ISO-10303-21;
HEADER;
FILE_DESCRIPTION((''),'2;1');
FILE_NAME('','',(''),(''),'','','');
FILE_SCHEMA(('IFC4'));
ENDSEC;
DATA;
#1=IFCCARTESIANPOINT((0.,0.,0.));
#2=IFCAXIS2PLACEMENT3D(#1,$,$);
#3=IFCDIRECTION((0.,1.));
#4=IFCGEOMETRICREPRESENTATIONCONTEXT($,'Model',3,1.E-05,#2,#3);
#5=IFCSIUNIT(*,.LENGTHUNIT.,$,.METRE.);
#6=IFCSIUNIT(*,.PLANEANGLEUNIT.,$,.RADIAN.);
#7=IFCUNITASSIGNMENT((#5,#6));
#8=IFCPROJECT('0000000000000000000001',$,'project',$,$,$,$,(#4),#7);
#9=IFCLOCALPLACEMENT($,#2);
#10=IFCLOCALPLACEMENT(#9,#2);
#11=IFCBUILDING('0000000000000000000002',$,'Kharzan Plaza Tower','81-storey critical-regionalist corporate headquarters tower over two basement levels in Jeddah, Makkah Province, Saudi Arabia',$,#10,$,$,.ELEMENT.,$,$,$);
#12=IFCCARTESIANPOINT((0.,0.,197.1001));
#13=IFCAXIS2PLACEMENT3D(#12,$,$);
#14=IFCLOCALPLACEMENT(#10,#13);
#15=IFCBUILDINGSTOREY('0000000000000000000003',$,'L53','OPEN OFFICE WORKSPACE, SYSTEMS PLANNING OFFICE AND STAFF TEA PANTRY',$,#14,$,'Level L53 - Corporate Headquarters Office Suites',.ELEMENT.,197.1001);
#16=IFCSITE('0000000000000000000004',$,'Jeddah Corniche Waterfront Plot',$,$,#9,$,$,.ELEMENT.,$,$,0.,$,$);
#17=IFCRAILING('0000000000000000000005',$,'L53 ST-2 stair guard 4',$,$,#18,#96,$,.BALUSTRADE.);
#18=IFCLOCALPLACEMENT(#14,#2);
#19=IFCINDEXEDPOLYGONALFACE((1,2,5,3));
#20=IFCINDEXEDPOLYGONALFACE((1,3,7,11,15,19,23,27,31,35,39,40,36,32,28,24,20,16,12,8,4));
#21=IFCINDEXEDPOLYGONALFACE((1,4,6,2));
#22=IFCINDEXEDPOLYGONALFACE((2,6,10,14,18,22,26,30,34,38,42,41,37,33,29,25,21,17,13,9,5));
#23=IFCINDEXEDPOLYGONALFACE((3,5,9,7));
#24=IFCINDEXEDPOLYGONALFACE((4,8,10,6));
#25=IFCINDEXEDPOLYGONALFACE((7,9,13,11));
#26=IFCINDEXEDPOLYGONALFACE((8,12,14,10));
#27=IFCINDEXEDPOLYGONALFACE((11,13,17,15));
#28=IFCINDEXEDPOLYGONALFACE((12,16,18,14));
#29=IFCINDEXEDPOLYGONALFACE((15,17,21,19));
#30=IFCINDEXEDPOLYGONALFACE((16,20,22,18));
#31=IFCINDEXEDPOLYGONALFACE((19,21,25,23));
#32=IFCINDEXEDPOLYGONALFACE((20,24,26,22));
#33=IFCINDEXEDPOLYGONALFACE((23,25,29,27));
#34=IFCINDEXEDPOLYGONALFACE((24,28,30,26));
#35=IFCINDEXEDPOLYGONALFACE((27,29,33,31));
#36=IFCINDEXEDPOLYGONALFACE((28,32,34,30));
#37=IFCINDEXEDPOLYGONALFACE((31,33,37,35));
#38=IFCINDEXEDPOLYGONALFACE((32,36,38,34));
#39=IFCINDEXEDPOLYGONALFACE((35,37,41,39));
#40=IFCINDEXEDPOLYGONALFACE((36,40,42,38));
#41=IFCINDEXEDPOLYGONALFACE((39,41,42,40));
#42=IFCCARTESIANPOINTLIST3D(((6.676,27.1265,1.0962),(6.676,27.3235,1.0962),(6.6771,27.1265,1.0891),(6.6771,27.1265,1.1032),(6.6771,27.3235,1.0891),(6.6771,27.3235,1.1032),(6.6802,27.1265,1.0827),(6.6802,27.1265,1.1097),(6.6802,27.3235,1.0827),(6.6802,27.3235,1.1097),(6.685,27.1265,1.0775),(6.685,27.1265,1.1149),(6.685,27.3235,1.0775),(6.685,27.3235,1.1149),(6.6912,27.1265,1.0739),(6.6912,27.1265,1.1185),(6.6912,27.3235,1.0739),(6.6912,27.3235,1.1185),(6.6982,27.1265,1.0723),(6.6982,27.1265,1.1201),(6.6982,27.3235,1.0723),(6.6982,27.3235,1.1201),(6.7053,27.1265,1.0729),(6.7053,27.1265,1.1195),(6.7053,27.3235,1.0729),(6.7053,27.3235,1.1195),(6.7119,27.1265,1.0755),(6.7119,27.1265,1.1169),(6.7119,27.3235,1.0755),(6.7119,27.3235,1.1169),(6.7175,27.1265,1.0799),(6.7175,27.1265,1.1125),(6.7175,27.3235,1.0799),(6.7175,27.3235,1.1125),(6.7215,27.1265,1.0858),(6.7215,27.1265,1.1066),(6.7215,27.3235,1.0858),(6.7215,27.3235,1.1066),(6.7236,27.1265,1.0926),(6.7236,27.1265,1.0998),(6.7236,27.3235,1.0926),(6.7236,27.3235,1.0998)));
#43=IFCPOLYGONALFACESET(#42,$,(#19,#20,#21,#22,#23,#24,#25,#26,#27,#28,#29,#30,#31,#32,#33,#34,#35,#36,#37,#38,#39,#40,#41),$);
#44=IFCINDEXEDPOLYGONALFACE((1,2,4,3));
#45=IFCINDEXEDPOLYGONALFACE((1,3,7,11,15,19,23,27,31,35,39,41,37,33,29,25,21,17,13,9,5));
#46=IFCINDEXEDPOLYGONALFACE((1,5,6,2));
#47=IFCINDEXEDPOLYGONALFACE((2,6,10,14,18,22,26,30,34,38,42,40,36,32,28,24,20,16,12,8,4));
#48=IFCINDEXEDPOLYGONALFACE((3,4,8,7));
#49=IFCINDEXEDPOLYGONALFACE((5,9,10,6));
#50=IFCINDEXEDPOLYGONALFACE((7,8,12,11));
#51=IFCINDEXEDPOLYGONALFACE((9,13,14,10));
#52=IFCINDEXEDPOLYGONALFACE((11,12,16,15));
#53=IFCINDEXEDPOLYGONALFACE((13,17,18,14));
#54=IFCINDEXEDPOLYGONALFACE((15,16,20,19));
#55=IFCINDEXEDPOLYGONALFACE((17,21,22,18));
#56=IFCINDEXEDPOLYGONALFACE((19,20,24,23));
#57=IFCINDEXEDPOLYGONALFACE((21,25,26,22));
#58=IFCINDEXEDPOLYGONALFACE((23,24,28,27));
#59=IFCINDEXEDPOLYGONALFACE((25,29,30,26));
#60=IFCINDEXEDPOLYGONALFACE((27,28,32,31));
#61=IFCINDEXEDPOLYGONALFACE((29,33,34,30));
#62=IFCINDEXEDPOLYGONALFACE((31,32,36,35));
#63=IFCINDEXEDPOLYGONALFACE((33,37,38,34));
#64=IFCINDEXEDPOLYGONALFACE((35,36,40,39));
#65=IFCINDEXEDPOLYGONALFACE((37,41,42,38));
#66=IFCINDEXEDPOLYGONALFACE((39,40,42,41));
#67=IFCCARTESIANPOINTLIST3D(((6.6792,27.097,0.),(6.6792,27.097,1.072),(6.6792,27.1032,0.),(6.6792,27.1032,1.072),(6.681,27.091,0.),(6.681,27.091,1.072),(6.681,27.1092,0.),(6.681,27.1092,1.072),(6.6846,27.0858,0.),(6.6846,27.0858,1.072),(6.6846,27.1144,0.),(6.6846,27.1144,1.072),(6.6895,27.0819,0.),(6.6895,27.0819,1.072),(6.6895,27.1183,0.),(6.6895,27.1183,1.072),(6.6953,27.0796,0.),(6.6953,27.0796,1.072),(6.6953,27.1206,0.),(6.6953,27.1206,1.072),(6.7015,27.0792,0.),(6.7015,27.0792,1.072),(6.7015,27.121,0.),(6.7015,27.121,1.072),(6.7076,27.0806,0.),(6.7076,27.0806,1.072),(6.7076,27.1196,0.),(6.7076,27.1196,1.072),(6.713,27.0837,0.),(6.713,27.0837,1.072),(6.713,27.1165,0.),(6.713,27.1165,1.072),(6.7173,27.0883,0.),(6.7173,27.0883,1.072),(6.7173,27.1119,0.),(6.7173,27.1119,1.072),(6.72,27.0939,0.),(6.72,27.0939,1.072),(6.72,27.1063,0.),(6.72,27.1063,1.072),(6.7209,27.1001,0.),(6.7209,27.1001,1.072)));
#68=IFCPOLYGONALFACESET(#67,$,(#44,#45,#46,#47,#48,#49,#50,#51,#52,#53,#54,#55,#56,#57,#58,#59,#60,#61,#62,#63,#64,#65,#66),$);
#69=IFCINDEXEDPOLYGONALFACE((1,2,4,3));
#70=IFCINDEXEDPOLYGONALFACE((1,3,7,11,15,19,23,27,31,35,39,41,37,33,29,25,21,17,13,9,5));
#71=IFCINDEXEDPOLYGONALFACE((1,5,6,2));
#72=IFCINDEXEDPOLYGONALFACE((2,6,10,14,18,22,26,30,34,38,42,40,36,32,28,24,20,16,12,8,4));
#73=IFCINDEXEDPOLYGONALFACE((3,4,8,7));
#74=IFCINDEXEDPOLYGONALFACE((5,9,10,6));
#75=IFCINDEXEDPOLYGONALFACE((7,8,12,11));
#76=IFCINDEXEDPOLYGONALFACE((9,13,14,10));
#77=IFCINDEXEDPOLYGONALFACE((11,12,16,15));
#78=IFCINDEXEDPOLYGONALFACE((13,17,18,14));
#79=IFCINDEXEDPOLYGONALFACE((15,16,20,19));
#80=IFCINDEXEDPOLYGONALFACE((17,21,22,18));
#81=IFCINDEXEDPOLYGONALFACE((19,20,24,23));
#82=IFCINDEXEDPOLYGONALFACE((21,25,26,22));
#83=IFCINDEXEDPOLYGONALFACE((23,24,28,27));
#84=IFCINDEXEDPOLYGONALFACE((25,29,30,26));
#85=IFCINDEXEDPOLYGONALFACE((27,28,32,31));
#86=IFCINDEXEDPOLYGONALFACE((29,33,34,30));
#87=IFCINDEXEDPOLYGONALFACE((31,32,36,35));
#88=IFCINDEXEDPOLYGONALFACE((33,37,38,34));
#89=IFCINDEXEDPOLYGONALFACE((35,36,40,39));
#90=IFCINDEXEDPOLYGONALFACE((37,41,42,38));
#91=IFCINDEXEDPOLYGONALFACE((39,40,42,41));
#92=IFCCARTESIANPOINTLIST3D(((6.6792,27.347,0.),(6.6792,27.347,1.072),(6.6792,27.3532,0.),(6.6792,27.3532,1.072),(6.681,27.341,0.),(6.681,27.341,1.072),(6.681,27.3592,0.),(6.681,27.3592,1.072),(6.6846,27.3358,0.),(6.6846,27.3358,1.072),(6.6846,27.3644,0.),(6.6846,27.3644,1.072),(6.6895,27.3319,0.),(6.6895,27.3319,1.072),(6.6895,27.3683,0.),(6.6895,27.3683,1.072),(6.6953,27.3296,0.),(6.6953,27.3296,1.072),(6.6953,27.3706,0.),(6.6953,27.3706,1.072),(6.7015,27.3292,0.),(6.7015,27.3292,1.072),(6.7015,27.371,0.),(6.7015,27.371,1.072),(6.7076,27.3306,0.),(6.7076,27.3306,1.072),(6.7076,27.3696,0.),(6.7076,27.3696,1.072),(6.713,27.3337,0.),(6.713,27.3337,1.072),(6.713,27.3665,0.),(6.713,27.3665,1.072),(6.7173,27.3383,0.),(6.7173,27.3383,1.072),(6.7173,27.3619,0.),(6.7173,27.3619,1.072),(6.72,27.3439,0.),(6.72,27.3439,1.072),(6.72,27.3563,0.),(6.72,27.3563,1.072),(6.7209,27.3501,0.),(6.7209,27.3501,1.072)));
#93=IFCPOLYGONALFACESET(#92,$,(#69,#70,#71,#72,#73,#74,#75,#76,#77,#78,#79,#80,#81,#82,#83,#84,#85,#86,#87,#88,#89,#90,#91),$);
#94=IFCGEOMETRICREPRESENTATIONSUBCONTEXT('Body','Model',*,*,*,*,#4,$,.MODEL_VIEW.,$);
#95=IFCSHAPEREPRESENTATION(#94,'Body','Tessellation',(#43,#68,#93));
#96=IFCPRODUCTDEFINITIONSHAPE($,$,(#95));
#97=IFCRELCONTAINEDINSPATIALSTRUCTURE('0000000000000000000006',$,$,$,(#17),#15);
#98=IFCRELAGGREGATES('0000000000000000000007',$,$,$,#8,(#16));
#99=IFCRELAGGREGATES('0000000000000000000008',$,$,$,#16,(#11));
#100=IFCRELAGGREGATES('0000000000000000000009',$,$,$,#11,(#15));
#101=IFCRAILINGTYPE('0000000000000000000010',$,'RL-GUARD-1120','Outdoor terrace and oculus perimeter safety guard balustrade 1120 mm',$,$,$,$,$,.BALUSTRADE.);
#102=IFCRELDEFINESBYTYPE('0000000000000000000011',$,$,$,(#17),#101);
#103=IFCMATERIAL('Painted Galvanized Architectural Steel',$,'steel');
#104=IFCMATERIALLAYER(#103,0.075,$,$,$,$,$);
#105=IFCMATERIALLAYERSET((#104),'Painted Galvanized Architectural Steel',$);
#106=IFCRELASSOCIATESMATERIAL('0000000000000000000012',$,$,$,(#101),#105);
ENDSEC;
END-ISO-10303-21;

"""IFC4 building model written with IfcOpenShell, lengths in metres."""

from ifc_helpers import new_model, si_unit, direction, frame, origin, origin_2d, place, context, subcontext, project, spatial, circle, extrude, source, transform, mapped, material, layer, layer_set, type_object, element, save


model = new_model("IFC4")

# Units and contexts
model_context = context("Model", 3, precision=1e-05, world=origin(), true_north=direction((0.0, 1.0)))
body_context = subcontext(model_context, "Body", "Model", "MODEL_VIEW")
ifc_project = project(units=[si_unit("LENGTHUNIT", "METRE"), si_unit("PLANEANGLEUNIT", "RADIAN")], contexts=[model_context])

# Site, building, storey
site_placement = place(None, origin())
site = spatial("IfcSite", under=ifc_project, at=site_placement, Name="Jeddah Corniche Waterfront Plot", CompositionType="ELEMENT", RefElevation=0.0)
building_placement = place(site_placement, origin())
building = spatial("IfcBuilding", under=site, at=building_placement, Name="Kharzan Plaza Tower", Description="81-storey critical-regionalist corporate headquarters tower over two basement levels in Jeddah, Makkah Province, Saudi Arabia", CompositionType="ELEMENT")
storey_placement = place(building_placement, frame((0.0, 0.0, 197.1001)))
storey = spatial("IfcBuildingStorey", under=building, at=storey_placement, Name="L53", Description="OPEN OFFICE WORKSPACE, SYSTEMS PLANNING OFFICE AND STAFF TEA PANTRY", LongName="Level L53 - Corporate Headquarters Office Suites", CompositionType="ELEMENT", Elevation=197.1001)

# Railing
ifc_material_1 = material(Name="Painted Galvanized Architectural Steel", Category="steel")
ifc_layer_1 = layer(ifc_material_1, 0.075)
ifc_layer_set_1 = layer_set([ifc_layer_1], Name="Painted Galvanized Architectural Steel")
railing_type_1 = type_object("IfcRailingType", Name="RL-GUARD-1120", Description="Outdoor terrace and oculus perimeter safety guard balustrade 1120 mm", PredefinedType="BALUSTRADE", material=ifc_layer_set_1)
shared_shape_1 = source(origin(), body_context, "Body", "SweptSolid", [
    extrude(circle(Radius=0.0239, at=origin_2d()), frame((0.0, 0.0264, 1.0962), z_axis=(0.0, 1.0, 0.0), x_axis=(-1.0, 0.0, 0.0)), (0.0, 0.0, 1.0), 0.197),
    extrude(circle(Radius=0.021, at=origin_2d()), origin(), (0.0, 0.0, 1.0), 1.072),
    extrude(circle(Radius=0.021, at=origin_2d()), frame((0.0, 0.25, 0.0)), (0.0, 0.0, 1.0), 1.072),
])
railing_1_placement = place(storey_placement, frame((6.7, 27.1001, 0.0)))
element("IfcRailing", 1, at=railing_1_placement, inside=storey, type_object=railing_type_1, Name="L53 ST-2 stair guard 4", PredefinedType="BALUSTRADE", context=body_context, shape_type="MappedRepresentation", body=[
    mapped(shared_shape_1, transform((0.0, 0.0, 0.0), x_axis=(1.0, 0.0, 0.0), y_axis=(0.0, 1.0, 0.0), z_axis=(0.0, 0.0, 1.0))),
])

save(model, "model.ifc")
